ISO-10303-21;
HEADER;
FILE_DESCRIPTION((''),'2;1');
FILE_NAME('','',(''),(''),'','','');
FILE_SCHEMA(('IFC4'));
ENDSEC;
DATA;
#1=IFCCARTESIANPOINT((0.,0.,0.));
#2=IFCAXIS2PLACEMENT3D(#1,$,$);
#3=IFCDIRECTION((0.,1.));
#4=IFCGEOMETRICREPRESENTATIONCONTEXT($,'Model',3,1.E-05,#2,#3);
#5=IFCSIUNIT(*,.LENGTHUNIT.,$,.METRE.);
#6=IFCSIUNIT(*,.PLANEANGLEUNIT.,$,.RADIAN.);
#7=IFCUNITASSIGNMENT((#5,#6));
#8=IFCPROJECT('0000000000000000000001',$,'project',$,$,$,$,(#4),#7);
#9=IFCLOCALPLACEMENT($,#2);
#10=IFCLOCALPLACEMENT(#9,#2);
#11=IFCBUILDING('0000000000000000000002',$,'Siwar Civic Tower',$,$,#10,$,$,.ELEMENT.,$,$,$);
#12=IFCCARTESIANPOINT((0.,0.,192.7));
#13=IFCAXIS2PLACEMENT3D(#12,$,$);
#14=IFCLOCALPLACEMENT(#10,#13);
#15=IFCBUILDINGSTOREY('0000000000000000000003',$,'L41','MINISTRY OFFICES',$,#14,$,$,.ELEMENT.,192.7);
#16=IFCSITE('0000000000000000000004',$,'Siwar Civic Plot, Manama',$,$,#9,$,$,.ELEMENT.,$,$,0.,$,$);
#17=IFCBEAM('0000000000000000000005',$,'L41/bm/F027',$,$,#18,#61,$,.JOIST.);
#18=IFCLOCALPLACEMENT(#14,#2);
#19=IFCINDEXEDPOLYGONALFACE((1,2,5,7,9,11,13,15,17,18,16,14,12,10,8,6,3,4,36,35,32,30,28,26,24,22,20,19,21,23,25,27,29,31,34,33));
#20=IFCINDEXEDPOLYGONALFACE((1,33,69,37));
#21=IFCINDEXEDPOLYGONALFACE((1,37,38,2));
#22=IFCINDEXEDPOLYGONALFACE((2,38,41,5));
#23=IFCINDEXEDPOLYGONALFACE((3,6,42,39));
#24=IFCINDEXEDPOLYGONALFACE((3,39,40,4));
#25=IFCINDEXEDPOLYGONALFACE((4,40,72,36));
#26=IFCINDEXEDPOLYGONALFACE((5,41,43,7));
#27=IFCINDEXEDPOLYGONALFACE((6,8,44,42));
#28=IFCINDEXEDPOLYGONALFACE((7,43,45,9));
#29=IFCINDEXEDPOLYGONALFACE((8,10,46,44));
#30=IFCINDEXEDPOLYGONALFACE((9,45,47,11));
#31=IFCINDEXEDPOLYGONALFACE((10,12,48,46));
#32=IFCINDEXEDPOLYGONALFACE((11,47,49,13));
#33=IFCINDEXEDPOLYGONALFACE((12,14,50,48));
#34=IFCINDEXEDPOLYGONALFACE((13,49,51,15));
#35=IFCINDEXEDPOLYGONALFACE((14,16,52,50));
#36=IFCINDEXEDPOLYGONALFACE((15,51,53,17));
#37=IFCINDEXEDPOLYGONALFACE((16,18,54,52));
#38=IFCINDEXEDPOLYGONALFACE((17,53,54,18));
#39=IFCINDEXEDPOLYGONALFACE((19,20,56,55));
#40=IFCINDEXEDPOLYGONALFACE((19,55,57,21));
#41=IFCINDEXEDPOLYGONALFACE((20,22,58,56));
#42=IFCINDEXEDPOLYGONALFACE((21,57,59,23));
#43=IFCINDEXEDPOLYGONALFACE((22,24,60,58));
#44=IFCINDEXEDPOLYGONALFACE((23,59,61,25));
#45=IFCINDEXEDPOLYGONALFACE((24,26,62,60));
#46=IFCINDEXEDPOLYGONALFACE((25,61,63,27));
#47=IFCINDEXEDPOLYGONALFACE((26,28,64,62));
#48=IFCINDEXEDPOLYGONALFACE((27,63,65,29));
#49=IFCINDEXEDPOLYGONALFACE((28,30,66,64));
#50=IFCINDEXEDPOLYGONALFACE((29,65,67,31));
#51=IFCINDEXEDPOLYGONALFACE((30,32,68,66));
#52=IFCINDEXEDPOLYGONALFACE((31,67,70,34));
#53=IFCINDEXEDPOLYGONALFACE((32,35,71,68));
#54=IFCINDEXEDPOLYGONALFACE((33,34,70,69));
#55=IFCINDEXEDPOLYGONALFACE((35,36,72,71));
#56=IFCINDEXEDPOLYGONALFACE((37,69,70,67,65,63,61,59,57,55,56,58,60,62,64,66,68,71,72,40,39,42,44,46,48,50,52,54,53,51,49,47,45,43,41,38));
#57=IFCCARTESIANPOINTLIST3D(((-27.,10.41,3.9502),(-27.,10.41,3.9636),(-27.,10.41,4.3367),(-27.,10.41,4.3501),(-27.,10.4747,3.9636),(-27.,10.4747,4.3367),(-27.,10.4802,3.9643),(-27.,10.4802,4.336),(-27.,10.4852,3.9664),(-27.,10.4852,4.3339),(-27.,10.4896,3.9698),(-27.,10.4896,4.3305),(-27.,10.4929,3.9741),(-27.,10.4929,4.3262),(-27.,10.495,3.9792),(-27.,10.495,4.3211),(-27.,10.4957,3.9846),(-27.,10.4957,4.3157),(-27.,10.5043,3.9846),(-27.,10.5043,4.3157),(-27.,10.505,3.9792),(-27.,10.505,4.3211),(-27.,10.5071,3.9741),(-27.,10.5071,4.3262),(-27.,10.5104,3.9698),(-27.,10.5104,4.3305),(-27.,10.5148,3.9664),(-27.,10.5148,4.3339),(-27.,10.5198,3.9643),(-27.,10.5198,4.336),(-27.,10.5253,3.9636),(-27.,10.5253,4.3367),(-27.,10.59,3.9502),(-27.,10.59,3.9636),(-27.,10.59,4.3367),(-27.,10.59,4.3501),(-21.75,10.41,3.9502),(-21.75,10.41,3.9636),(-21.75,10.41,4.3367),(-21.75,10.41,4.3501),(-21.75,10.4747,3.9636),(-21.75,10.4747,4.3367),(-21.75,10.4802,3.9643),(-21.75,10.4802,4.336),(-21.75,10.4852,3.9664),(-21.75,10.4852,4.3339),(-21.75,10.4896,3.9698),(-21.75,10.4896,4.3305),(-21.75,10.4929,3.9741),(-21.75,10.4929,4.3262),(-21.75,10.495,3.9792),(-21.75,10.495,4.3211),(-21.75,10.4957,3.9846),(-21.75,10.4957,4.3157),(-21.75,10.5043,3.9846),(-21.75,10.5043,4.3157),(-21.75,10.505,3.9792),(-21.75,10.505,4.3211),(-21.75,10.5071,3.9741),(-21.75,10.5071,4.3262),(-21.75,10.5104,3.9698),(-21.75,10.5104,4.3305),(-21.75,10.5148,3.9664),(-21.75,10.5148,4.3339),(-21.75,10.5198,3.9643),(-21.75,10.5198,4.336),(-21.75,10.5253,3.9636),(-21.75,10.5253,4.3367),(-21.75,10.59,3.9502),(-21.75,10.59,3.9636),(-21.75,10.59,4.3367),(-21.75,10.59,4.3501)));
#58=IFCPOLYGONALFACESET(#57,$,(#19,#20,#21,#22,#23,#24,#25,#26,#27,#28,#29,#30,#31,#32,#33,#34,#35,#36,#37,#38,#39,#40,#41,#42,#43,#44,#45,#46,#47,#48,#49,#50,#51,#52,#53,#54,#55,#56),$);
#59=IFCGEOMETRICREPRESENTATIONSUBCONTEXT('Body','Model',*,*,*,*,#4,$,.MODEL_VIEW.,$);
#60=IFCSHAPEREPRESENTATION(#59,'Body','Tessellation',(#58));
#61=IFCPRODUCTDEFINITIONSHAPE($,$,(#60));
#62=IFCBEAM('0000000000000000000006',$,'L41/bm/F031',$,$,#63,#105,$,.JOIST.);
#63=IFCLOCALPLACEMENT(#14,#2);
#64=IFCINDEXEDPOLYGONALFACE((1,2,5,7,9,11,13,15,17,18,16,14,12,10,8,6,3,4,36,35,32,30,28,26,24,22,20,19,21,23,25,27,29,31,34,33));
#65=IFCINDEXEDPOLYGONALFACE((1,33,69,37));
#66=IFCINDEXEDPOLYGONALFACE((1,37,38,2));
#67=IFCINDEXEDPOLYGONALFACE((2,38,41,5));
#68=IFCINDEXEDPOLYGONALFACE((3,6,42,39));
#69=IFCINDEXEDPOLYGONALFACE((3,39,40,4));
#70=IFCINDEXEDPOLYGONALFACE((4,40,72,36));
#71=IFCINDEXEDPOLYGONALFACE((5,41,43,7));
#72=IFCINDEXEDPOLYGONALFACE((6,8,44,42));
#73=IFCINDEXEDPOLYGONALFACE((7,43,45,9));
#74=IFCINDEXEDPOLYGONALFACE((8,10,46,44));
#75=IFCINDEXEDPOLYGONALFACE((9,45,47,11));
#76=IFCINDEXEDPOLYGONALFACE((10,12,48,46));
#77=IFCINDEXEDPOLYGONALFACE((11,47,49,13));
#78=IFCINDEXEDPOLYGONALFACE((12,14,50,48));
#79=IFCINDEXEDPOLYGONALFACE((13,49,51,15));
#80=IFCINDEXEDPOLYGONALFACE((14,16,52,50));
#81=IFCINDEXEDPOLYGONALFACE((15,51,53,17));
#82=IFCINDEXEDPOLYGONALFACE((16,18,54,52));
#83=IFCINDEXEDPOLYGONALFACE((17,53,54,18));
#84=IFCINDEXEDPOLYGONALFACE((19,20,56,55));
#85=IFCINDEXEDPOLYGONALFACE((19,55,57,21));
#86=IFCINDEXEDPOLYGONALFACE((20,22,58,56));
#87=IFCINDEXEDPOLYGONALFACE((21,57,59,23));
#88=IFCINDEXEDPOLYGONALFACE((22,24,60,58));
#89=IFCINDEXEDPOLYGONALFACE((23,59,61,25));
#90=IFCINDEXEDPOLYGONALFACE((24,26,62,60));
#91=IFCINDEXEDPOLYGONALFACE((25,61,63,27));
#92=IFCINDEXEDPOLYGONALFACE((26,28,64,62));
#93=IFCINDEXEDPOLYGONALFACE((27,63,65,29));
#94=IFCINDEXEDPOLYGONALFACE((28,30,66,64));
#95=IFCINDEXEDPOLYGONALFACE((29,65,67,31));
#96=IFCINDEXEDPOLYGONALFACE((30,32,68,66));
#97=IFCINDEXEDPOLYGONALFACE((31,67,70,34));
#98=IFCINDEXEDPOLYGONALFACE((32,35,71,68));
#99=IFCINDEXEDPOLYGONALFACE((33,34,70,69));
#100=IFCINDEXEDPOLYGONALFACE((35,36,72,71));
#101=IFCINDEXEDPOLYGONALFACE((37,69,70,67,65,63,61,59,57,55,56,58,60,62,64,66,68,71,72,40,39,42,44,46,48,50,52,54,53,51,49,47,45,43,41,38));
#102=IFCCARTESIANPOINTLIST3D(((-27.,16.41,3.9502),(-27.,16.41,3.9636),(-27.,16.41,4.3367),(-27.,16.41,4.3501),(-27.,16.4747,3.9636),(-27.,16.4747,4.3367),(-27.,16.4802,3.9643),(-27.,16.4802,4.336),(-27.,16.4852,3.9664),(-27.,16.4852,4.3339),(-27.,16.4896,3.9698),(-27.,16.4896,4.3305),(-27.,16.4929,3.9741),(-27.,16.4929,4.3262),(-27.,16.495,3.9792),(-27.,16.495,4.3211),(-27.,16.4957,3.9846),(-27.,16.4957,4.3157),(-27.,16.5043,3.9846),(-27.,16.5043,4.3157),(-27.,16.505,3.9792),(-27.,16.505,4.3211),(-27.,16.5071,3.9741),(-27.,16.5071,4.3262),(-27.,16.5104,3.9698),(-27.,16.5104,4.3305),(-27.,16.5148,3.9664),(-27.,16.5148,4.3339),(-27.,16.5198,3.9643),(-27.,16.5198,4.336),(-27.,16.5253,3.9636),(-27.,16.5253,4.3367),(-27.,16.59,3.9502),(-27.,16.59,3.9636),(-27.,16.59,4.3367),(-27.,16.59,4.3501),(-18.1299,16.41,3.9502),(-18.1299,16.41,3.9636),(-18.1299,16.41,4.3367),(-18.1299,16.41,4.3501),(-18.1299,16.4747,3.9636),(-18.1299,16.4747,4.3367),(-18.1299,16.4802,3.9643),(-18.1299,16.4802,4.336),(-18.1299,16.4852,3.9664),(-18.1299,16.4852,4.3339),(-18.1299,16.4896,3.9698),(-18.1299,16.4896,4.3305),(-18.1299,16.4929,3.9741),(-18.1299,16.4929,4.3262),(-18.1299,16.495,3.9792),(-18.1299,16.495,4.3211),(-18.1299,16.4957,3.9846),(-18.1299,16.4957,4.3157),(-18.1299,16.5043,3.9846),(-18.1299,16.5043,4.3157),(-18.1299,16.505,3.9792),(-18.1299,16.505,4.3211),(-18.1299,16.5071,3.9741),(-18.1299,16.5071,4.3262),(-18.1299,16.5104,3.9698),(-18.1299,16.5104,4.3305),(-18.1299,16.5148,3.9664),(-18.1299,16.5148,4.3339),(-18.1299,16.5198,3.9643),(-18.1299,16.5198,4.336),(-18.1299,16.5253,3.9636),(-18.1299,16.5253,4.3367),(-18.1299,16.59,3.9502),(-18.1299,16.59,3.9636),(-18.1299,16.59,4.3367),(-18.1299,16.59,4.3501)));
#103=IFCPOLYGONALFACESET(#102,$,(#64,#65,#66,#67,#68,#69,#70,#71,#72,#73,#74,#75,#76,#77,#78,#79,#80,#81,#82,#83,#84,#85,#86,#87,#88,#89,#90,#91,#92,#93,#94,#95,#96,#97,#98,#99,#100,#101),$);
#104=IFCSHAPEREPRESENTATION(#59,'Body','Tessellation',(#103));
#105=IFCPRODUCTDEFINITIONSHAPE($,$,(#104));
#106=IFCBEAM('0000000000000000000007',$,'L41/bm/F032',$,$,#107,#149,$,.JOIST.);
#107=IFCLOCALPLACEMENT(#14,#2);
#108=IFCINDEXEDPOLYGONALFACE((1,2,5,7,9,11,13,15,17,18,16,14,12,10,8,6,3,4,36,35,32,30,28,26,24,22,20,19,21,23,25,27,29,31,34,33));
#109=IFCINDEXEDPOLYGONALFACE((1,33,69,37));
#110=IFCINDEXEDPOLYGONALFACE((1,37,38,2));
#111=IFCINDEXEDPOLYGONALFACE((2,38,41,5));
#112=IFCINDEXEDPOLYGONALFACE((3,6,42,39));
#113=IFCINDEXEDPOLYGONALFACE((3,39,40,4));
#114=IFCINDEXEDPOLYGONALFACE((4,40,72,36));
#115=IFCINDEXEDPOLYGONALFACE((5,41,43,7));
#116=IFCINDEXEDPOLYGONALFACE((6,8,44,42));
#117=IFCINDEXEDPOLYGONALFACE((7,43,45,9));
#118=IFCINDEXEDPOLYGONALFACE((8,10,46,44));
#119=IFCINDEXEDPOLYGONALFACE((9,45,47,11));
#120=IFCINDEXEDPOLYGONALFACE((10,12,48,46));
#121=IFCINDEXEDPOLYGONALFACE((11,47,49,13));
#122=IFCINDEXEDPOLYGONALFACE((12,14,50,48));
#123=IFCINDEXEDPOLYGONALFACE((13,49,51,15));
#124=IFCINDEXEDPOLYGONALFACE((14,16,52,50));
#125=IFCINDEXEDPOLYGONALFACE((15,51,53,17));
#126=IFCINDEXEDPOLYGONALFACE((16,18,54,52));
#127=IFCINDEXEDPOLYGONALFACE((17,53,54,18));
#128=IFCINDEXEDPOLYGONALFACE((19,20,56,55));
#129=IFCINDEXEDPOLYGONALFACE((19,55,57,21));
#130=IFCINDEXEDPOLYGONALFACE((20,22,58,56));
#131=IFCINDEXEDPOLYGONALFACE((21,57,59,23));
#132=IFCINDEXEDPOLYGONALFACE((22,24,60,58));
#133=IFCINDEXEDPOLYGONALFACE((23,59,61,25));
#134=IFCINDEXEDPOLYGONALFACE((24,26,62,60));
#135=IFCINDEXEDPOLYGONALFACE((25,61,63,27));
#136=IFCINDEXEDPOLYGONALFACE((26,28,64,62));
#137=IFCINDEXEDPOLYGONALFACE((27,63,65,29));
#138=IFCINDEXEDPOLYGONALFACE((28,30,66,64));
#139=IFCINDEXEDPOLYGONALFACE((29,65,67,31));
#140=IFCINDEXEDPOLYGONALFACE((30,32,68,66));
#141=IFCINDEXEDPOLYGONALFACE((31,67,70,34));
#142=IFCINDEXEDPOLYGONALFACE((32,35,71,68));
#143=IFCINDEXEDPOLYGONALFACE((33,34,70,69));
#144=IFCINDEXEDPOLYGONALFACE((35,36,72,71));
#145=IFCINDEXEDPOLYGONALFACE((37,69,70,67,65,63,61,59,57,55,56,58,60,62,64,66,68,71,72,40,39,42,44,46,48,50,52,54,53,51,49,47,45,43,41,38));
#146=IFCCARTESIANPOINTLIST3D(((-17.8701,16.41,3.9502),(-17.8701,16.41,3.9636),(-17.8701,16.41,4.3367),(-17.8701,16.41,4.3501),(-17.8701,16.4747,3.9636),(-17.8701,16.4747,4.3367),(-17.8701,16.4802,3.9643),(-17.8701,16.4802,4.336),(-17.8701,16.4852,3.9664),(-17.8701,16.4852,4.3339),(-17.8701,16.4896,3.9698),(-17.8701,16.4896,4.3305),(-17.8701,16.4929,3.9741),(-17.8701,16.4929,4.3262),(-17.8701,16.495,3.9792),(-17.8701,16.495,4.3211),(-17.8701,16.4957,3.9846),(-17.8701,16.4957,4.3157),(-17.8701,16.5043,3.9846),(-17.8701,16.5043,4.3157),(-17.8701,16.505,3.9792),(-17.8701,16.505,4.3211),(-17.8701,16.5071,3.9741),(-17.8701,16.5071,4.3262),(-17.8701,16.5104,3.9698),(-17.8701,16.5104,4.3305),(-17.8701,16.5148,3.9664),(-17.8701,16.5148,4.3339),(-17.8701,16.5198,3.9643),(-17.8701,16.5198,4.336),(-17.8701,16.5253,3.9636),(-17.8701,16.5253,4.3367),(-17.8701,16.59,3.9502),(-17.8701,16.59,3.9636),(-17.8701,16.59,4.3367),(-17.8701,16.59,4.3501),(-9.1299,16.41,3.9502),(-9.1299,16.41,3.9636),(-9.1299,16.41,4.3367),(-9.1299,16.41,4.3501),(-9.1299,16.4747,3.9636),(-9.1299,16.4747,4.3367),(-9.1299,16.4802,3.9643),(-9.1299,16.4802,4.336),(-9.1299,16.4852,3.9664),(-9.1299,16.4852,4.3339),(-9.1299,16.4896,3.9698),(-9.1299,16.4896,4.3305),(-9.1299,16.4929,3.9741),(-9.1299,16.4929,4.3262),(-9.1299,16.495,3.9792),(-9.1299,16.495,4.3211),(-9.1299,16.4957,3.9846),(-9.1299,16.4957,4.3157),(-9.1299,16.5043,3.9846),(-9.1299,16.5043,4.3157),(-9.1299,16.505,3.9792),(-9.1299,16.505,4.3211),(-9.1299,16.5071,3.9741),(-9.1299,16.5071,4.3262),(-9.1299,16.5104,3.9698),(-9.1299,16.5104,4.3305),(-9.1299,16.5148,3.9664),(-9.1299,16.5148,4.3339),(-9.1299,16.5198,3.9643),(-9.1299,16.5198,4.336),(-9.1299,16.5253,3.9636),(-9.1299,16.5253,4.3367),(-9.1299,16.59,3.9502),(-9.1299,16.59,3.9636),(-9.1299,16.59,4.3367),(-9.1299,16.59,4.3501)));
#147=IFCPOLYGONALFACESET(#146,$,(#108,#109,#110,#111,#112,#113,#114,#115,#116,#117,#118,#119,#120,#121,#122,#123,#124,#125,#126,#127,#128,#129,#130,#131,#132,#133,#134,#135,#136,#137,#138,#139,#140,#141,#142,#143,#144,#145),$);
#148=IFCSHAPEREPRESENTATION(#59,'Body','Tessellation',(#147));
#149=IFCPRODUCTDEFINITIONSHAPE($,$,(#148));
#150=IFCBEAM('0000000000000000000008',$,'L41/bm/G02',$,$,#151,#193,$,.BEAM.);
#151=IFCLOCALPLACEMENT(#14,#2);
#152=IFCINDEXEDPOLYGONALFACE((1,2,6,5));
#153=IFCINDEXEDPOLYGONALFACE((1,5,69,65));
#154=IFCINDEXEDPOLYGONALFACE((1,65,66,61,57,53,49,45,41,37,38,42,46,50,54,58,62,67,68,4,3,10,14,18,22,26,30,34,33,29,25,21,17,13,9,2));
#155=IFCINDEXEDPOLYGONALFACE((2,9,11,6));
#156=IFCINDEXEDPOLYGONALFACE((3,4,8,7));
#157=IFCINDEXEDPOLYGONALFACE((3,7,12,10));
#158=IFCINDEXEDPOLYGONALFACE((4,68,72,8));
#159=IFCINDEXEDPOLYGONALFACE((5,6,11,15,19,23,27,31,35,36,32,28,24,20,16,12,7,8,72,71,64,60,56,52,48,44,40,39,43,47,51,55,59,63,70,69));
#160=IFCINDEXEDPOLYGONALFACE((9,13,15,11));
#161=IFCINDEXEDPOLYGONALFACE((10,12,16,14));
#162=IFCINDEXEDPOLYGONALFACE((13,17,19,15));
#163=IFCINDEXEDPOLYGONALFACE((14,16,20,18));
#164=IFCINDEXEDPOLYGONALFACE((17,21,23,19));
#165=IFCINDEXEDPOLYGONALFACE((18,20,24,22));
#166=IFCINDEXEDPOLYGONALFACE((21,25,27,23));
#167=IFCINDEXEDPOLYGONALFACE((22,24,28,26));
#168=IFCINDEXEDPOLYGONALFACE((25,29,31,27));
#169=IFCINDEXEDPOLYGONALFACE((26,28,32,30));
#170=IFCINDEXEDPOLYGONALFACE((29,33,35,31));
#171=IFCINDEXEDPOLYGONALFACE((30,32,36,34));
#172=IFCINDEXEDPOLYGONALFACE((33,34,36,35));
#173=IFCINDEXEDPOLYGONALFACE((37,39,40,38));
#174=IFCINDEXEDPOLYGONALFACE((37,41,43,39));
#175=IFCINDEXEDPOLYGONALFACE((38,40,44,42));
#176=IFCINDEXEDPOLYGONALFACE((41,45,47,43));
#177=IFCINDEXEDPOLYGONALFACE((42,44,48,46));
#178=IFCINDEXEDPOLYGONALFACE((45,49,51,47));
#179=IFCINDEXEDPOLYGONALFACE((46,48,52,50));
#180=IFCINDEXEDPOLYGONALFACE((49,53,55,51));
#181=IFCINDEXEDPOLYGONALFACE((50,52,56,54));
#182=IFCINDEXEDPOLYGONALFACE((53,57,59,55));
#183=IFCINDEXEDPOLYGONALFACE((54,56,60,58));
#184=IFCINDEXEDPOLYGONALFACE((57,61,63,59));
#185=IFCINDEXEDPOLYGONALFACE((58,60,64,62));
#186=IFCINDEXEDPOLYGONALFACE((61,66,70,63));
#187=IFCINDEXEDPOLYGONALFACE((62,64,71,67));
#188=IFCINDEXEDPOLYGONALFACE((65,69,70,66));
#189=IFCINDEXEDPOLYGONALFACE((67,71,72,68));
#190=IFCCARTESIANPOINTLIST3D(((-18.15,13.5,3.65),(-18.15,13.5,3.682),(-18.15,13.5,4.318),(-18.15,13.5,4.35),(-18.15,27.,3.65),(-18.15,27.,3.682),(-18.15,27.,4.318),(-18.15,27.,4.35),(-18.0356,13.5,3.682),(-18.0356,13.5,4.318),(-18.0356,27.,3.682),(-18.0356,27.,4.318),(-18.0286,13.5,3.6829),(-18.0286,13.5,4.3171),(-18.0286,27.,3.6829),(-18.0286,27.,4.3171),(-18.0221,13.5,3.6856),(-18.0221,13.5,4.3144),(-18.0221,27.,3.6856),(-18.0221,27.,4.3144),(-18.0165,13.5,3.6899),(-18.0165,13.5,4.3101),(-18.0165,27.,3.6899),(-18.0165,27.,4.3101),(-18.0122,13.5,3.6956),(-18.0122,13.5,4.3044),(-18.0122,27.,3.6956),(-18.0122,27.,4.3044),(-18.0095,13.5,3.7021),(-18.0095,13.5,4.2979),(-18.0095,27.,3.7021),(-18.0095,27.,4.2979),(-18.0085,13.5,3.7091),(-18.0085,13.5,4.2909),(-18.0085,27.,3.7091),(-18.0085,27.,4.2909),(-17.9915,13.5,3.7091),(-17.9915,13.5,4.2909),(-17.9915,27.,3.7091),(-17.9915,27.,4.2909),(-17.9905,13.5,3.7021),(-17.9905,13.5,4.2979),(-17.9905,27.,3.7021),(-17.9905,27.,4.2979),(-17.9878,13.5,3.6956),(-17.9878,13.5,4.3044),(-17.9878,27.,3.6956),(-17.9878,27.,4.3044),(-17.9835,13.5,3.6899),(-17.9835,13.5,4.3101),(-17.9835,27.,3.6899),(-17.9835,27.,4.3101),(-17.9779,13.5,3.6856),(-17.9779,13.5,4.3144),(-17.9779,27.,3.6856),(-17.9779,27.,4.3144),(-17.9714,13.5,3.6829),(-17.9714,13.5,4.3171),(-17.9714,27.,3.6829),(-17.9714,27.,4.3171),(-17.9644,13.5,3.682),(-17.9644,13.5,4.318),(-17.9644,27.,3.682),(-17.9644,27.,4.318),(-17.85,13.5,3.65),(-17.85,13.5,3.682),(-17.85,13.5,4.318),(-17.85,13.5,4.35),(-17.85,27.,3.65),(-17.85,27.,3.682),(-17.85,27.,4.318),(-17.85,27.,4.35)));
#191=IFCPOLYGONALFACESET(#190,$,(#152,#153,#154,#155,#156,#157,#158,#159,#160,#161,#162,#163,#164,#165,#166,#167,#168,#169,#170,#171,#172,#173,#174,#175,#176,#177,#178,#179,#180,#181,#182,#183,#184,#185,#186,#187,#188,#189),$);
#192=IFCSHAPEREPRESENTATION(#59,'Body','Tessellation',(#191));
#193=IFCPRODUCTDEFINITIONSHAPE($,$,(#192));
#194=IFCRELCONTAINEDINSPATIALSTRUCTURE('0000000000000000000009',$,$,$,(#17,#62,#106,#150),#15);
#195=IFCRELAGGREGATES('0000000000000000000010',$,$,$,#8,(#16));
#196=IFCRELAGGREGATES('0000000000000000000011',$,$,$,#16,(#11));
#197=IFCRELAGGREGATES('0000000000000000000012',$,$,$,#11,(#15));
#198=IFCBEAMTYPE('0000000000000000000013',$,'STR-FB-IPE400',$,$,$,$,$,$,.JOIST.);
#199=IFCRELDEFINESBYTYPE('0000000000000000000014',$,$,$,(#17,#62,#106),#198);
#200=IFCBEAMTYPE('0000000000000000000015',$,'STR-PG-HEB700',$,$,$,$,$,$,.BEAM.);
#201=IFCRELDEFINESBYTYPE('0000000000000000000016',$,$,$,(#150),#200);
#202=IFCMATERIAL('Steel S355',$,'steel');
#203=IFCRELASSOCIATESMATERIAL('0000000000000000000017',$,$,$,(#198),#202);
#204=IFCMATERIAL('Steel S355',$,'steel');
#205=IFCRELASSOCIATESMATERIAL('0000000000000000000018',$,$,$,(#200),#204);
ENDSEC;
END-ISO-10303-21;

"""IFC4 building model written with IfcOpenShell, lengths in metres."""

from ifc_helpers import new_model, si_unit, direction, frame, origin, origin_2d, place, context, subcontext, project, spatial, i_section, extrude, material, material_profile, profile_set, type_object, element, save


model = new_model("IFC4")

# Units and contexts
model_context = context("Model", 3, precision=1e-05, world=origin(), true_north=direction((0.0, 1.0)))
body_context = subcontext(model_context, "Body", "Model", "MODEL_VIEW")
ifc_project = project(units=[si_unit("LENGTHUNIT", "METRE"), si_unit("PLANEANGLEUNIT", "RADIAN")], contexts=[model_context])

# Site, building, storey
site_placement = place(None, origin())
site = spatial("IfcSite", under=ifc_project, at=site_placement, Name="Siwar Civic Plot, Manama", CompositionType="ELEMENT", RefElevation=0.0)
building_placement = place(site_placement, origin())
building = spatial("IfcBuilding", under=site, at=building_placement, Name="Siwar Civic Tower", CompositionType="ELEMENT")
storey_placement = place(building_placement, frame((0.0, 0.0, 192.7)))
storey = spatial("IfcBuildingStorey", under=building, at=storey_placement, Name="L41", Description="MINISTRY OFFICES", CompositionType="ELEMENT", Elevation=192.7)

# Beams
ifc_material_1 = material(Name="Steel S355", Category="steel")
ifc_material_profile_1 = material_profile(ifc_material_1, i_section(OverallWidth=0.1799, OverallDepth=0.3999, WebThickness=0.0085, FlangeThickness=0.0134, FilletRadius=0.021, at=origin_2d()), Name="IPE400")
ifc_profile_set_1 = profile_set([ifc_material_profile_1], Name="Steel S355")
beam_type_1 = type_object("IfcBeamType", Name="STR-FB-IPE400", PredefinedType="JOIST", material=ifc_profile_set_1)
for number, where, z_axis, x_axis, name in (
    (1, (-27.0, 10.5, 4.1501), (1.0, 0.0, 0.0), (0.0, 1.0, 0.0), "L41/bm/F027"),
):
    element("IfcBeam", number, at=place(storey_placement, frame(where, z_axis=z_axis, x_axis=x_axis)), inside=storey, type_object=beam_type_1, Name=name, PredefinedType="JOIST", context=body_context, shape_type="SweptSolid", body=[
        extrude(i_section(OverallWidth=0.1799, OverallDepth=0.3999, WebThickness=0.0085, FlangeThickness=0.0134, FilletRadius=0.021, at=origin_2d()), origin(), (0.0, 0.0, 1.0), 5.25),
    ])
beam_1_placement = place(storey_placement, frame((-27.0, 16.5, 4.1501), z_axis=(1.0, 0.0, 0.0), x_axis=(0.0, 1.0, 0.0)))
element("IfcBeam", 2, at=beam_1_placement, inside=storey, type_object=beam_type_1, Name="L41/bm/F031", PredefinedType="JOIST", context=body_context, shape_type="SweptSolid", body=[
    extrude(i_section(OverallWidth=0.1799, OverallDepth=0.3999, WebThickness=0.0085, FlangeThickness=0.0134, FilletRadius=0.021, at=origin_2d()), origin(), (0.0, 0.0, 1.0), 8.8701),
])
beam_2_placement = place(storey_placement, frame((-17.8701, 16.5, 4.1501), z_axis=(1.0, 0.0, 0.0), x_axis=(0.0, 1.0, 0.0)))
element("IfcBeam", 3, at=beam_2_placement, inside=storey, type_object=beam_type_1, Name="L41/bm/F032", PredefinedType="JOIST", context=body_context, shape_type="SweptSolid", body=[
    extrude(i_section(OverallWidth=0.1799, OverallDepth=0.3999, WebThickness=0.0085, FlangeThickness=0.0134, FilletRadius=0.021, at=origin_2d()), origin(), (0.0, 0.0, 1.0), 8.7402),
])
ifc_material_2 = material(Name="Steel S355", Category="steel")
ifc_material_profile_2 = material_profile(ifc_material_2, i_section(OverallWidth=0.3, OverallDepth=0.7, WebThickness=0.0171, FlangeThickness=0.032, FilletRadius=0.0271, at=origin_2d()), Name="HEB700")
ifc_profile_set_2 = profile_set([ifc_material_profile_2], Name="Steel S355")
beam_type_2 = type_object("IfcBeamType", Name="STR-PG-HEB700", PredefinedType="BEAM", material=ifc_profile_set_2)
beam_3_placement = place(storey_placement, frame((-18.0, 13.5, 4.0), z_axis=(0.0, 1.0, 0.0), x_axis=(-1.0, 0.0, 0.0)))
element("IfcBeam", 4, at=beam_3_placement, inside=storey, type_object=beam_type_2, Name="L41/bm/G02", PredefinedType="BEAM", context=body_context, shape_type="SweptSolid", body=[
    extrude(i_section(OverallWidth=0.3, OverallDepth=0.7, WebThickness=0.0171, FlangeThickness=0.032, FilletRadius=0.0271, at=origin_2d()), origin(), (0.0, 0.0, 1.0), 13.5),
])

save(model, "model.ifc")
